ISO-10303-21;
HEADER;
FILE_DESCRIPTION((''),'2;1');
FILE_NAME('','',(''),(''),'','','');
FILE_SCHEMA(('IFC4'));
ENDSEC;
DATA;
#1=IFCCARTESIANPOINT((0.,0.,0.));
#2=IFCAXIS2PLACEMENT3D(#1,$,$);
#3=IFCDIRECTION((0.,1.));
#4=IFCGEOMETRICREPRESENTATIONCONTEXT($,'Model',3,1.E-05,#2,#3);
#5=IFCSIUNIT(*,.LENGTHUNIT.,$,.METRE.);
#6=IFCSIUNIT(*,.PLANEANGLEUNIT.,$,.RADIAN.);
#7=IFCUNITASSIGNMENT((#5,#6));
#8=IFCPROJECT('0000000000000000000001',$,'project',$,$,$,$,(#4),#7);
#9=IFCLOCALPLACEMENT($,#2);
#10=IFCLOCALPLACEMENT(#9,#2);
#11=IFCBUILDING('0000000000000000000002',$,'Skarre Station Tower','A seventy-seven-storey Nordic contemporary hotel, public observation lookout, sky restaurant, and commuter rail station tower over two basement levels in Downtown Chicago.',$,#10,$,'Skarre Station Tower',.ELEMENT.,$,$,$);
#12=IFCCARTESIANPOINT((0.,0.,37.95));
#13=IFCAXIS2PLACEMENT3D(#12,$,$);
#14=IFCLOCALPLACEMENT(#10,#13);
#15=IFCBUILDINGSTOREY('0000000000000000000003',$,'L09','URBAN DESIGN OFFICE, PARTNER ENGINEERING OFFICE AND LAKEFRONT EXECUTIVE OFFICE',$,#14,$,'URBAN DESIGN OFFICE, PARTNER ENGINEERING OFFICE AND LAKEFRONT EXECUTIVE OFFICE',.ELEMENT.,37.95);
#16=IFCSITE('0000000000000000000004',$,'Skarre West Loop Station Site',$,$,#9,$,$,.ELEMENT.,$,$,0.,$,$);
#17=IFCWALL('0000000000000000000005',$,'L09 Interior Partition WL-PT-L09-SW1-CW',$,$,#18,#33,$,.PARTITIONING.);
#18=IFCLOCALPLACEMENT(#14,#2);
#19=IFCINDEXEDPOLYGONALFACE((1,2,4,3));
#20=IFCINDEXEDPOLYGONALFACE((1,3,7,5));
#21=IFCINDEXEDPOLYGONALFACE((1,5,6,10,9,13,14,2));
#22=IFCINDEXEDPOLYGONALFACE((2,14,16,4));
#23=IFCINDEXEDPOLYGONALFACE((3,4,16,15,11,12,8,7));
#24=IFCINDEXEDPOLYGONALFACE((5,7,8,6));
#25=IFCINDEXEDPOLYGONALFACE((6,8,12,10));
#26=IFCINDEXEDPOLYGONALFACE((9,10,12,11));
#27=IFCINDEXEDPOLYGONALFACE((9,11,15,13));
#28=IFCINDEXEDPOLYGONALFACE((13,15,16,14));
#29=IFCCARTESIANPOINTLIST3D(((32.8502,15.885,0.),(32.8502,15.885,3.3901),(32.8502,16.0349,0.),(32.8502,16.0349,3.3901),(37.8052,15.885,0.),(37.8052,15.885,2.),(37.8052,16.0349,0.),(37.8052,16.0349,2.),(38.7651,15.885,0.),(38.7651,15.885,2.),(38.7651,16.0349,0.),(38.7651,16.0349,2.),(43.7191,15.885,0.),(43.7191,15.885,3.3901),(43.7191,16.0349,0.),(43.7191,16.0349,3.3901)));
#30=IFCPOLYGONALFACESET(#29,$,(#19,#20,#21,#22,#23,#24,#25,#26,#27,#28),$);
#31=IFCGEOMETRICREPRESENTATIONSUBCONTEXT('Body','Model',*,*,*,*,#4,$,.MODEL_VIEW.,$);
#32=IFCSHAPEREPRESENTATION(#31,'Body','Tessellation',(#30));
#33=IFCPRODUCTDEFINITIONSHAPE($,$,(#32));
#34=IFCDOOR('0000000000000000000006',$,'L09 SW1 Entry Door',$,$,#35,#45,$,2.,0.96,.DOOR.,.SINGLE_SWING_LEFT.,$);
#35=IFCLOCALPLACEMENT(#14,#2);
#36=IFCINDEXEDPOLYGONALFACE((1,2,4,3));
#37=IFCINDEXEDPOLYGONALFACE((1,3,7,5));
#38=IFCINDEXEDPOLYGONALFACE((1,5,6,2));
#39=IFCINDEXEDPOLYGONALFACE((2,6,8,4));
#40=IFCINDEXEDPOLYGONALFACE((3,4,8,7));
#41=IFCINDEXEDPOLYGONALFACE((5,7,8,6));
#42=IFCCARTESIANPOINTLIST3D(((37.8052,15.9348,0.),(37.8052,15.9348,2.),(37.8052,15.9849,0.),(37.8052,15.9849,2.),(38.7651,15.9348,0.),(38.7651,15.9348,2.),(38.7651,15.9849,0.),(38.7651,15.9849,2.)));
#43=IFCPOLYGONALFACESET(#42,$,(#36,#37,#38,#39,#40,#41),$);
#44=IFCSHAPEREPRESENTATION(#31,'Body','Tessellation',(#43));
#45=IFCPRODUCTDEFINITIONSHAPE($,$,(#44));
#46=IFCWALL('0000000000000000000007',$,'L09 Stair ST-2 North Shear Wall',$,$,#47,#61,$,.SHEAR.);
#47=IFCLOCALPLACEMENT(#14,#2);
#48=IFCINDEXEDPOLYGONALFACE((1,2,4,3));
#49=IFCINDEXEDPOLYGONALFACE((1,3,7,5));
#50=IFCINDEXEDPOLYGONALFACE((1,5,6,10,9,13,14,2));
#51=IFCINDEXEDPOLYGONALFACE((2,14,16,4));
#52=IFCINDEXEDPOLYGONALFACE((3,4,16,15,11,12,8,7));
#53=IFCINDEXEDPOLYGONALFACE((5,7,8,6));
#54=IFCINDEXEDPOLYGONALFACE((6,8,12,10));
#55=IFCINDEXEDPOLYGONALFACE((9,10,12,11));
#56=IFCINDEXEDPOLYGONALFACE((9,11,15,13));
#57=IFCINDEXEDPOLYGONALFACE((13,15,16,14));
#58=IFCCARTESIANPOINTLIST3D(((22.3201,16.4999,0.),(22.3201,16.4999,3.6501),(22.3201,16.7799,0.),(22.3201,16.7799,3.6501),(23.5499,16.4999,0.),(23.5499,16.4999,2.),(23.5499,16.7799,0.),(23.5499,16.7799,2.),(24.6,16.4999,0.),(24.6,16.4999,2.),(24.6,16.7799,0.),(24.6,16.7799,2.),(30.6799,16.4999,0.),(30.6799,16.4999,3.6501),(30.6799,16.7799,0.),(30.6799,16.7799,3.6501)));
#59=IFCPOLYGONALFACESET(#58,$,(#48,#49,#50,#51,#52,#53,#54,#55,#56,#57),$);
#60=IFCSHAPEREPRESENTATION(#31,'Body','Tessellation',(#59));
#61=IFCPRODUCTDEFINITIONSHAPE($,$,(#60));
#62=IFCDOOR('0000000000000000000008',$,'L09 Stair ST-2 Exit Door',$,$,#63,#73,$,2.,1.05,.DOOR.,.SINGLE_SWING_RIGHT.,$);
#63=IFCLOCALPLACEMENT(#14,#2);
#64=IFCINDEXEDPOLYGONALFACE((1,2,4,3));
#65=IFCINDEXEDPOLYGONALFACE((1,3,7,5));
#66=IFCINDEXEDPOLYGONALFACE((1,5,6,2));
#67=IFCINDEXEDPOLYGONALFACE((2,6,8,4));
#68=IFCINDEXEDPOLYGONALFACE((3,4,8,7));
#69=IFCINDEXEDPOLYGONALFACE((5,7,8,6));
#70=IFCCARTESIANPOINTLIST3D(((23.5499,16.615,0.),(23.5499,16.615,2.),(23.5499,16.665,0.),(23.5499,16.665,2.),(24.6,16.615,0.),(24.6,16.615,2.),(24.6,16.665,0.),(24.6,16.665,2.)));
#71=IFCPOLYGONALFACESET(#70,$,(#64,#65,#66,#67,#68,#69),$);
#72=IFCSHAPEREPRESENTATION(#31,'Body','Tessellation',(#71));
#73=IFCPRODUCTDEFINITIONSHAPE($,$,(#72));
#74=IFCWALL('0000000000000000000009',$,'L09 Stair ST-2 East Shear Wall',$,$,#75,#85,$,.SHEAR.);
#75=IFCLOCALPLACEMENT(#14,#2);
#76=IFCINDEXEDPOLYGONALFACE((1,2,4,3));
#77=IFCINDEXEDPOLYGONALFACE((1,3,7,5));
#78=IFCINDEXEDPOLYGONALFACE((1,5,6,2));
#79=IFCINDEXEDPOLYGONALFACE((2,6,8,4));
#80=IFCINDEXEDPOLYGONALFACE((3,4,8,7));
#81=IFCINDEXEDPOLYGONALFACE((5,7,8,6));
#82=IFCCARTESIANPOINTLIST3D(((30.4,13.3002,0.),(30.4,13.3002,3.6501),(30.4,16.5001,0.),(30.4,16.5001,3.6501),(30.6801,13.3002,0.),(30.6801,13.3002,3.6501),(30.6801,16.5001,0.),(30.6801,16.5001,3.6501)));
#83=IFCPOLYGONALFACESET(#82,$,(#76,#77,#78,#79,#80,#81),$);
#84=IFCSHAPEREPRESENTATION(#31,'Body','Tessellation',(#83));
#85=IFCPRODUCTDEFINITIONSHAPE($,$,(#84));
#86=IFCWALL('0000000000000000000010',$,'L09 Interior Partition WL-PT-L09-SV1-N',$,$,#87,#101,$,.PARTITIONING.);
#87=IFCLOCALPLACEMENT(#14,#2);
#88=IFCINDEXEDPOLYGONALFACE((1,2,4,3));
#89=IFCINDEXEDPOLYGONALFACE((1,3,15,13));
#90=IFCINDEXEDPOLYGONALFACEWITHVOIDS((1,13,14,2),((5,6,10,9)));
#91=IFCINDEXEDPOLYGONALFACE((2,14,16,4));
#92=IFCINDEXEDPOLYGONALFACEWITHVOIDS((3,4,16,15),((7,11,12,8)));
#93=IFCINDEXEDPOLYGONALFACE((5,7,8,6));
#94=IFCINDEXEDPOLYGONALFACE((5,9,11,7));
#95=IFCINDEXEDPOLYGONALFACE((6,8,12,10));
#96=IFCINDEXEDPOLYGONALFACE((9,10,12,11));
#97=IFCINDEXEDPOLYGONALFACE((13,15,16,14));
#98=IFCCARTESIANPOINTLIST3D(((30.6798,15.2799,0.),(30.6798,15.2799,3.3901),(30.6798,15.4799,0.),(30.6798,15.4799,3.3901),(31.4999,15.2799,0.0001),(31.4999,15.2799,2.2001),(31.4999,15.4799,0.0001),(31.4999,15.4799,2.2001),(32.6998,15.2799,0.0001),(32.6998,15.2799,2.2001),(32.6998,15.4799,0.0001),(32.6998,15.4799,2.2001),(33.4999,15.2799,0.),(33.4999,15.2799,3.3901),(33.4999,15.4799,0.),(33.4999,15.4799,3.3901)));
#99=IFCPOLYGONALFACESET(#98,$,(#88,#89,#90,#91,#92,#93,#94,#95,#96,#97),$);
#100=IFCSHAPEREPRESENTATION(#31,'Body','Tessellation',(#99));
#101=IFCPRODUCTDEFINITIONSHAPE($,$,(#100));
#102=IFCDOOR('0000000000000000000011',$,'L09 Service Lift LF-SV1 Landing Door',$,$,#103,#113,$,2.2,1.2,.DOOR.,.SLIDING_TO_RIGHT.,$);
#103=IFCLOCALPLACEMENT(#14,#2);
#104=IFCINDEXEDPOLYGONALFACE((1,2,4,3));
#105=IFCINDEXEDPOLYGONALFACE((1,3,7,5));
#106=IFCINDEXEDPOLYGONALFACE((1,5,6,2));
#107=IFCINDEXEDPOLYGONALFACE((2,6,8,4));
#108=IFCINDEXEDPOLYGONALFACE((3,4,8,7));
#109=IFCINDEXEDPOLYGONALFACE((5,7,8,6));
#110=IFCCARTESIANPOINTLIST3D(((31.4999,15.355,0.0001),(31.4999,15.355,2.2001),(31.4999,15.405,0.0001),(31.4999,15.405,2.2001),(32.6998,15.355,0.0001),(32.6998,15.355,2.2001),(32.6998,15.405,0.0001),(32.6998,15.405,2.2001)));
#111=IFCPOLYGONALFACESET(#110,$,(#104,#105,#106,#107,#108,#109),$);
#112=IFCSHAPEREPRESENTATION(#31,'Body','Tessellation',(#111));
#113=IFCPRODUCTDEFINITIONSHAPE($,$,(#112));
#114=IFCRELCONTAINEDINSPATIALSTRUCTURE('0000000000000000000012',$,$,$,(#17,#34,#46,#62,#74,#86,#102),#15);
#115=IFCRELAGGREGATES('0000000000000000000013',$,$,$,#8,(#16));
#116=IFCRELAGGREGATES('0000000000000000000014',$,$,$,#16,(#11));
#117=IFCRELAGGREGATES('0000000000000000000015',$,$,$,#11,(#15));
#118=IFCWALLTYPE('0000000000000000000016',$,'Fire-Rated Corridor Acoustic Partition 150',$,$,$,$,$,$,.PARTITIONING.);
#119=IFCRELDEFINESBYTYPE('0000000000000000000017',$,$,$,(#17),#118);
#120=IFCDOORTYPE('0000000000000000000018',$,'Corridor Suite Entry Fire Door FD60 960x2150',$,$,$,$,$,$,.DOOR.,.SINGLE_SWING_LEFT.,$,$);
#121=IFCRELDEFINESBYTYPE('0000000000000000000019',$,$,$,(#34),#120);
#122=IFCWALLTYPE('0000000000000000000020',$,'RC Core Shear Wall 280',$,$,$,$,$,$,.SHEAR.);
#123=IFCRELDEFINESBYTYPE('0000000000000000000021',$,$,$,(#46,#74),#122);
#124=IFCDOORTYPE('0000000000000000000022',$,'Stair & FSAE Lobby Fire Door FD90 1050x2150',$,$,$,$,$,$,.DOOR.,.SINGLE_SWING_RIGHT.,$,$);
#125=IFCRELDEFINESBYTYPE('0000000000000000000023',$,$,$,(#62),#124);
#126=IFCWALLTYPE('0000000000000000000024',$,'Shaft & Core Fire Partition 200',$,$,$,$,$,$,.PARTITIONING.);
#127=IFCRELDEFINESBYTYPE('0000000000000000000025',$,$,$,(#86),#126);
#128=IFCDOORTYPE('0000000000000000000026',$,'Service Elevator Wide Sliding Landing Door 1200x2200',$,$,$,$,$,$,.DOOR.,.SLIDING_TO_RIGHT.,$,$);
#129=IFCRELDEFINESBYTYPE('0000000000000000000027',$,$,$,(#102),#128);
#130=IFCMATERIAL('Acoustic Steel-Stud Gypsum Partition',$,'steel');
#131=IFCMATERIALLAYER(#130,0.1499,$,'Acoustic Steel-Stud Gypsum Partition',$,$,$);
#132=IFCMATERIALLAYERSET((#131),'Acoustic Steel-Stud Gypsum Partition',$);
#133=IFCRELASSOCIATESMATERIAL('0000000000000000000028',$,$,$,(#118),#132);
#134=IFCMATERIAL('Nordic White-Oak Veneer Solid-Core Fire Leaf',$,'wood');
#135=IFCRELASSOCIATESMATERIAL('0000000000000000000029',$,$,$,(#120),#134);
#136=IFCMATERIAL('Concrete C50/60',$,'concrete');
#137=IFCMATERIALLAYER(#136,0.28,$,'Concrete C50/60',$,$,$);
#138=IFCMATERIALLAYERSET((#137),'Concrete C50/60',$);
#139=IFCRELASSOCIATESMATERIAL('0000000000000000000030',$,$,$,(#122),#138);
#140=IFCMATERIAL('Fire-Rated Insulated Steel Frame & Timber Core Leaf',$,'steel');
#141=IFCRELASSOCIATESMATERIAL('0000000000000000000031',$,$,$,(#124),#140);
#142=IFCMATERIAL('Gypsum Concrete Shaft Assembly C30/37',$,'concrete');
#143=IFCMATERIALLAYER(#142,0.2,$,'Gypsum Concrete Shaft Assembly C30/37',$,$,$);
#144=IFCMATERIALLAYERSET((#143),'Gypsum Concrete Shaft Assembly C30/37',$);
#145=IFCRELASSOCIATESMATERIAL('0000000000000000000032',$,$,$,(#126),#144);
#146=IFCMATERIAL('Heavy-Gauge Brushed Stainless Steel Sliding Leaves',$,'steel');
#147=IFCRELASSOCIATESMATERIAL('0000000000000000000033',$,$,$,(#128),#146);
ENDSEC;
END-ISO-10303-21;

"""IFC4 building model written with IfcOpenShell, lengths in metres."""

from ifc_helpers import new_model, si_unit, direction, frame, frame_2d, origin, place, context, subcontext, project, spatial, rectangle, extrude, material, layer, layer_set, type_object, element, fill, save


model = new_model("IFC4")

# Units and contexts
model_context = context("Model", 3, precision=1e-05, world=origin(), true_north=direction((0.0, 1.0)))
body_context = subcontext(model_context, "Body", "Model", "MODEL_VIEW")
ifc_project = project(units=[si_unit("LENGTHUNIT", "METRE"), si_unit("PLANEANGLEUNIT", "RADIAN")], contexts=[model_context])

# Site, building, storey
site_placement = place(None, origin())
site = spatial("IfcSite", under=ifc_project, at=site_placement, Name="Skarre West Loop Station Site", CompositionType="ELEMENT", RefElevation=0.0)
building_placement = place(site_placement, origin())
building = spatial("IfcBuilding", under=site, at=building_placement, Name="Skarre Station Tower", Description="A seventy-seven-storey Nordic contemporary hotel, public observation lookout, sky restaurant, and commuter rail station tower over two basement levels in Downtown Chicago.", LongName="Skarre Station Tower", CompositionType="ELEMENT")
storey_placement = place(building_placement, frame((0.0, 0.0, 37.95)))
storey = spatial("IfcBuildingStorey", under=building, at=storey_placement, Name="L09", Description="URBAN DESIGN OFFICE, PARTNER ENGINEERING OFFICE AND LAKEFRONT EXECUTIVE OFFICE", LongName="URBAN DESIGN OFFICE, PARTNER ENGINEERING OFFICE AND LAKEFRONT EXECUTIVE OFFICE", CompositionType="ELEMENT", Elevation=37.95)

# Walls, openings, doors
ifc_material_1 = material(Name="Acoustic Steel-Stud Gypsum Partition", Category="steel")
ifc_layer_1 = layer(ifc_material_1, 0.1499, Name="Acoustic Steel-Stud Gypsum Partition")
ifc_layer_set_1 = layer_set([ifc_layer_1], Name="Acoustic Steel-Stud Gypsum Partition")
wall_type_1 = type_object("IfcWallType", Name="Fire-Rated Corridor Acoustic Partition 150", PredefinedType="PARTITIONING", material=ifc_layer_set_1)
wall_1_placement = place(storey_placement, frame((32.8501, 15.96, 0.0), z_axis=(0.0, 0.0, 1.0), x_axis=(1.0, 0.0, 0.0)))
wall_1 = element("IfcWall", 1, at=wall_1_placement, inside=storey, type_object=wall_type_1, Name="L09 Interior Partition WL-PT-L09-SW1-CW", PredefinedType="PARTITIONING", context=body_context, shape_type="SweptSolid", body=[
    extrude(rectangle(XDim=10.8689, YDim=0.1499, at=frame_2d((5.4346, 0.0))), origin(), (0.0, 0.0, 1.0), 3.3901),
])
opening_1_placement = place(wall_1_placement, frame((4.9551, 0.0, 0.0)))
opening_1 = element("IfcOpeningElement", 2, at=opening_1_placement, cuts=wall_1, PredefinedType="OPENING", context=body_context, shape_type="SweptSolid", body=[
    extrude(rectangle(XDim=0.96, YDim=2.0, at=frame_2d((0.48, 1.0))), frame((0.0, 0.085, 0.0), z_axis=(0.0, -1.0, 0.0), x_axis=(1.0, 0.0, 0.0)), (0.0, 0.0, 1.0), 0.1699),
])
ifc_material_2 = material(Name="Nordic White-Oak Veneer Solid-Core Fire Leaf", Category="wood")
door_type_1 = type_object("IfcDoorType", Name="Corridor Suite Entry Fire Door FD60 960x2150", OperationType="SINGLE_SWING_LEFT", PredefinedType="DOOR", material=ifc_material_2)
door_1_placement = place(opening_1_placement, origin())
door_1 = element("IfcDoor", 3, at=door_1_placement, inside=storey, type_object=door_type_1, Name="L09 SW1 Entry Door", OperationType="SINGLE_SWING_LEFT", OverallHeight=2.0, OverallWidth=0.96, PredefinedType="DOOR", context=body_context, shape_type="SweptSolid", body=[
    extrude(rectangle(XDim=0.96, YDim=2.0, at=frame_2d((0.48, 1.0))), frame((0.0, 0.0249, 0.0), z_axis=(0.0, -1.0, 0.0), x_axis=(1.0, 0.0, 0.0)), (0.0, 0.0, 1.0), 0.05),
])
fill(opening_1, door_1)
ifc_material_3 = material(Name="Concrete C50/60", Category="concrete")
ifc_layer_2 = layer(ifc_material_3, 0.28, Name="Concrete C50/60")
ifc_layer_set_2 = layer_set([ifc_layer_2], Name="Concrete C50/60")
wall_type_2 = type_object("IfcWallType", Name="RC Core Shear Wall 280", PredefinedType="SHEAR", material=ifc_layer_set_2)
wall_2_placement = place(storey_placement, frame((30.6799, 16.6399, 0.0), z_axis=(0.0, 0.0, 1.0), x_axis=(-1.0, 0.0, 0.0)))
wall_2 = element("IfcWall", 4, at=wall_2_placement, inside=storey, type_object=wall_type_2, Name="L09 Stair ST-2 North Shear Wall", PredefinedType="SHEAR", context=body_context, shape_type="SweptSolid", body=[
    extrude(rectangle(XDim=8.3599, YDim=0.28, at=frame_2d((4.1799, 0.0))), origin(), (0.0, 0.0, 1.0), 3.6501),
])
opening_2_placement = place(wall_2_placement, frame((6.0801, 0.0, 0.0)))
opening_2 = element("IfcOpeningElement", 5, at=opening_2_placement, cuts=wall_2, PredefinedType="OPENING", context=body_context, shape_type="SweptSolid", body=[
    extrude(rectangle(XDim=1.05, YDim=2.0, at=frame_2d((0.5249, 1.0))), frame((0.0, 0.1499, 0.0), z_axis=(0.0, -1.0, 0.0), x_axis=(1.0, 0.0, 0.0)), (0.0, 0.0, 1.0), 0.3),
])
ifc_material_4 = material(Name="Fire-Rated Insulated Steel Frame & Timber Core Leaf", Category="steel")
door_type_2 = type_object("IfcDoorType", Name="Stair & FSAE Lobby Fire Door FD90 1050x2150", OperationType="SINGLE_SWING_RIGHT", PredefinedType="DOOR", material=ifc_material_4)
door_2_placement = place(opening_2_placement, origin())
door_2 = element("IfcDoor", 6, at=door_2_placement, inside=storey, type_object=door_type_2, Name="L09 Stair ST-2 Exit Door", OperationType="SINGLE_SWING_RIGHT", OverallHeight=2.0, OverallWidth=1.05, PredefinedType="DOOR", context=body_context, shape_type="SweptSolid", body=[
    extrude(rectangle(XDim=1.05, YDim=2.0, at=frame_2d((0.5249, 1.0))), frame((0.0, 0.0249, 0.0), z_axis=(0.0, -1.0, 0.0), x_axis=(1.0, 0.0, 0.0)), (0.0, 0.0, 1.0), 0.05),
])
fill(opening_2, door_2)

# Wall
wall_3_placement = place(storey_placement, frame((30.54, 13.3, 0.0), z_axis=(0.0, 0.0, 1.0), x_axis=(0.0, 1.0, 0.0)))
element("IfcWall", 7, at=wall_3_placement, inside=storey, type_object=wall_type_2, Name="L09 Stair ST-2 East Shear Wall", PredefinedType="SHEAR", context=body_context, shape_type="SweptSolid", body=[
    extrude(rectangle(XDim=3.2, YDim=0.28, at=frame_2d((1.6001, 0.0))), origin(), (0.0, 0.0, 1.0), 3.6501),
])

# Wall, opening, door
ifc_material_5 = material(Name="Gypsum Concrete Shaft Assembly C30/37", Category="concrete")
ifc_layer_3 = layer(ifc_material_5, 0.2, Name="Gypsum Concrete Shaft Assembly C30/37")
ifc_layer_set_3 = layer_set([ifc_layer_3], Name="Gypsum Concrete Shaft Assembly C30/37")
wall_type_3 = type_object("IfcWallType", Name="Shaft & Core Fire Partition 200", PredefinedType="PARTITIONING", material=ifc_layer_set_3)
wall_4_placement = place(storey_placement, frame((33.5, 15.3799, 0.0), z_axis=(0.0, 0.0, 1.0), x_axis=(-1.0, 0.0, 0.0)))
wall_4 = element("IfcWall", 8, at=wall_4_placement, inside=storey, type_object=wall_type_3, Name="L09 Interior Partition WL-PT-L09-SV1-N", PredefinedType="PARTITIONING", context=body_context, shape_type="SweptSolid", body=[
    extrude(rectangle(XDim=2.8201, YDim=0.2, at=frame_2d((1.4102, 0.0))), origin(), (0.0, 0.0, 1.0), 3.3901),
])
opening_3_placement = place(wall_4_placement, frame((0.8, 0.0, 0.0)))
opening_3 = element("IfcOpeningElement", 9, at=opening_3_placement, cuts=wall_4, PredefinedType="OPENING", context=body_context, shape_type="SweptSolid", body=[
    extrude(rectangle(XDim=1.2, YDim=2.2, at=frame_2d((0.6001, 1.1001))), frame((0.0, 0.1099, 0.0), z_axis=(0.0, -1.0, 0.0), x_axis=(1.0, 0.0, 0.0)), (0.0, 0.0, 1.0), 0.22),
])
ifc_material_6 = material(Name="Heavy-Gauge Brushed Stainless Steel Sliding Leaves", Category="steel")
door_type_3 = type_object("IfcDoorType", Name="Service Elevator Wide Sliding Landing Door 1200x2200", OperationType="SLIDING_TO_RIGHT", PredefinedType="DOOR", material=ifc_material_6)
door_3_placement = place(opening_3_placement, origin())
door_3 = element("IfcDoor", 10, at=door_3_placement, inside=storey, type_object=door_type_3, Name="L09 Service Lift LF-SV1 Landing Door", OperationType="SLIDING_TO_RIGHT", OverallHeight=2.2, OverallWidth=1.2, PredefinedType="DOOR", context=body_context, shape_type="SweptSolid", body=[
    extrude(rectangle(XDim=1.2, YDim=2.2, at=frame_2d((0.6001, 1.1001))), frame((0.0, 0.0249, 0.0), z_axis=(0.0, -1.0, 0.0), x_axis=(1.0, 0.0, 0.0)), (0.0, 0.0, 1.0), 0.05),
])
fill(opening_3, door_3)

save(model, "model.ifc")
